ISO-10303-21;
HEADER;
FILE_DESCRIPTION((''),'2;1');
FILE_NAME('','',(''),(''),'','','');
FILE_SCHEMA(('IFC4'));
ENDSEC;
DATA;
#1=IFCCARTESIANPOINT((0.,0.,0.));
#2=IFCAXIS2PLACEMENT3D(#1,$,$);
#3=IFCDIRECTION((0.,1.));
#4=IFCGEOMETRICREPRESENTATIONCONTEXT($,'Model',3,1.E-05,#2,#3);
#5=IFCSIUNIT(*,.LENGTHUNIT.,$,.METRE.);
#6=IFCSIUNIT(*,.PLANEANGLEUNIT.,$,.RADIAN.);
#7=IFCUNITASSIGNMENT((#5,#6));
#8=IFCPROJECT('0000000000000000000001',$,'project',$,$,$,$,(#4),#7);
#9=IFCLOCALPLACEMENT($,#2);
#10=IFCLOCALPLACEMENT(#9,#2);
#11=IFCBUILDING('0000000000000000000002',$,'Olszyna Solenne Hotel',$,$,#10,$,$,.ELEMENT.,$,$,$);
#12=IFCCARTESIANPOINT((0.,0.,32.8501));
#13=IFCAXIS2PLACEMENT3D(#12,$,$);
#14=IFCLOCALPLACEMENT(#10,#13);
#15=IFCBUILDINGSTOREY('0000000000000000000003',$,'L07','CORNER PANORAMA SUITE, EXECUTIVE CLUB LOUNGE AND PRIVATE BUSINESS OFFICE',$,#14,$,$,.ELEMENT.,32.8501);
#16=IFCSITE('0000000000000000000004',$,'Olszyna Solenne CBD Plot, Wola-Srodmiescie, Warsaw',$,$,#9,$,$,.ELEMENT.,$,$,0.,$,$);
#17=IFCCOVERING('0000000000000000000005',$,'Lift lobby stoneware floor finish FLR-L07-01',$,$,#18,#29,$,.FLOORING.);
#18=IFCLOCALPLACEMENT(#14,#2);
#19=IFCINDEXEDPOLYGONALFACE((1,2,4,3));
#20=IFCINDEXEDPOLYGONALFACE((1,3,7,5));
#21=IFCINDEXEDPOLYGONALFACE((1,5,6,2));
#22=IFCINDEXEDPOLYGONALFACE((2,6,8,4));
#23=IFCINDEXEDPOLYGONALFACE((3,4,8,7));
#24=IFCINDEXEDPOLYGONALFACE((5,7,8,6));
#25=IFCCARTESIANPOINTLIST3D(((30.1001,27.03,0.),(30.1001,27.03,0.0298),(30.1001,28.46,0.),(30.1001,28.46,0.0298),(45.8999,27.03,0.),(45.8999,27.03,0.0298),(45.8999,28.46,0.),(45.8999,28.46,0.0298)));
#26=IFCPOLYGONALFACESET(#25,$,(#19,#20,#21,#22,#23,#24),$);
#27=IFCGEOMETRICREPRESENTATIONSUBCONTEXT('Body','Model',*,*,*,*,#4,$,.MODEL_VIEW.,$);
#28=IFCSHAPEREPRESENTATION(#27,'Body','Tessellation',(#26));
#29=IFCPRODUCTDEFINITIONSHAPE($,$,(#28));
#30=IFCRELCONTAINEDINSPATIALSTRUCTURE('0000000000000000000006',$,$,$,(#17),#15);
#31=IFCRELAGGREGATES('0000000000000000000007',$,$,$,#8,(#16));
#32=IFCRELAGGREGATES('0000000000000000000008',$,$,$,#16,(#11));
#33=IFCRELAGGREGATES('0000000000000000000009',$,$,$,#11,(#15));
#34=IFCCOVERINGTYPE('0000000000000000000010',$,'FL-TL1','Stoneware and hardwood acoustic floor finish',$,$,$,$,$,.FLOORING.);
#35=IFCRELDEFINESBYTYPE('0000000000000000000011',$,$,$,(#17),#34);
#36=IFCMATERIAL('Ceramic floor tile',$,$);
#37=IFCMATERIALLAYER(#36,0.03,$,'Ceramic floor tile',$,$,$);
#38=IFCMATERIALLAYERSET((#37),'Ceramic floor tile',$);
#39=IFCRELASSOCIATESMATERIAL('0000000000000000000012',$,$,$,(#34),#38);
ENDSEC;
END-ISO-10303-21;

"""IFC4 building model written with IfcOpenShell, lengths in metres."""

from ifc_helpers import new_model, si_unit, direction, frame, origin, place, context, subcontext, project, spatial, polyline, outline, extrude, material, layer, layer_set, type_object, element, save


model = new_model("IFC4")

# Units and contexts
model_context = context("Model", 3, precision=1e-05, world=origin(), true_north=direction((0.0, 1.0)))
body_context = subcontext(model_context, "Body", "Model", "MODEL_VIEW")
ifc_project = project(units=[si_unit("LENGTHUNIT", "METRE"), si_unit("PLANEANGLEUNIT", "RADIAN")], contexts=[model_context])

# Site, building, storey
site_placement = place(None, origin())
site = spatial("IfcSite", under=ifc_project, at=site_placement, Name="Olszyna Solenne CBD Plot, Wola-Srodmiescie, Warsaw", CompositionType="ELEMENT", RefElevation=0.0)
building_placement = place(site_placement, origin())
building = spatial("IfcBuilding", under=site, at=building_placement, Name="Olszyna Solenne Hotel", CompositionType="ELEMENT")
storey_placement = place(building_placement, frame((0.0, 0.0, 32.8501)))
storey = spatial("IfcBuildingStorey", under=building, at=storey_placement, Name="L07", Description="CORNER PANORAMA SUITE, EXECUTIVE CLUB LOUNGE AND PRIVATE BUSINESS OFFICE", CompositionType="ELEMENT", Elevation=32.8501)

# Covering
ifc_material_1 = material(Name="Ceramic floor tile")
ifc_layer_1 = layer(ifc_material_1, 0.03, Name="Ceramic floor tile")
ifc_layer_set_1 = layer_set([ifc_layer_1], Name="Ceramic floor tile")
covering_type_1 = type_object("IfcCoveringType", Name="FL-TL1", Description="Stoneware and hardwood acoustic floor finish", PredefinedType="FLOORING", material=ifc_layer_set_1)
covering_1_placement = place(storey_placement, origin())
element("IfcCovering", 1, at=covering_1_placement, inside=storey, type_object=covering_type_1, Name="Lift lobby stoneware floor finish FLR-L07-01", PredefinedType="FLOORING", context=body_context, shape_type="SweptSolid", body=[
    extrude(outline(polyline([(30.1001, 27.03), (45.8999, 27.03), (45.8999, 28.46), (30.1001, 28.46), (30.1001, 27.03)])), origin(), (0.0, 0.0, 1.0), 0.0298),
])

save(model, "model.ifc")
